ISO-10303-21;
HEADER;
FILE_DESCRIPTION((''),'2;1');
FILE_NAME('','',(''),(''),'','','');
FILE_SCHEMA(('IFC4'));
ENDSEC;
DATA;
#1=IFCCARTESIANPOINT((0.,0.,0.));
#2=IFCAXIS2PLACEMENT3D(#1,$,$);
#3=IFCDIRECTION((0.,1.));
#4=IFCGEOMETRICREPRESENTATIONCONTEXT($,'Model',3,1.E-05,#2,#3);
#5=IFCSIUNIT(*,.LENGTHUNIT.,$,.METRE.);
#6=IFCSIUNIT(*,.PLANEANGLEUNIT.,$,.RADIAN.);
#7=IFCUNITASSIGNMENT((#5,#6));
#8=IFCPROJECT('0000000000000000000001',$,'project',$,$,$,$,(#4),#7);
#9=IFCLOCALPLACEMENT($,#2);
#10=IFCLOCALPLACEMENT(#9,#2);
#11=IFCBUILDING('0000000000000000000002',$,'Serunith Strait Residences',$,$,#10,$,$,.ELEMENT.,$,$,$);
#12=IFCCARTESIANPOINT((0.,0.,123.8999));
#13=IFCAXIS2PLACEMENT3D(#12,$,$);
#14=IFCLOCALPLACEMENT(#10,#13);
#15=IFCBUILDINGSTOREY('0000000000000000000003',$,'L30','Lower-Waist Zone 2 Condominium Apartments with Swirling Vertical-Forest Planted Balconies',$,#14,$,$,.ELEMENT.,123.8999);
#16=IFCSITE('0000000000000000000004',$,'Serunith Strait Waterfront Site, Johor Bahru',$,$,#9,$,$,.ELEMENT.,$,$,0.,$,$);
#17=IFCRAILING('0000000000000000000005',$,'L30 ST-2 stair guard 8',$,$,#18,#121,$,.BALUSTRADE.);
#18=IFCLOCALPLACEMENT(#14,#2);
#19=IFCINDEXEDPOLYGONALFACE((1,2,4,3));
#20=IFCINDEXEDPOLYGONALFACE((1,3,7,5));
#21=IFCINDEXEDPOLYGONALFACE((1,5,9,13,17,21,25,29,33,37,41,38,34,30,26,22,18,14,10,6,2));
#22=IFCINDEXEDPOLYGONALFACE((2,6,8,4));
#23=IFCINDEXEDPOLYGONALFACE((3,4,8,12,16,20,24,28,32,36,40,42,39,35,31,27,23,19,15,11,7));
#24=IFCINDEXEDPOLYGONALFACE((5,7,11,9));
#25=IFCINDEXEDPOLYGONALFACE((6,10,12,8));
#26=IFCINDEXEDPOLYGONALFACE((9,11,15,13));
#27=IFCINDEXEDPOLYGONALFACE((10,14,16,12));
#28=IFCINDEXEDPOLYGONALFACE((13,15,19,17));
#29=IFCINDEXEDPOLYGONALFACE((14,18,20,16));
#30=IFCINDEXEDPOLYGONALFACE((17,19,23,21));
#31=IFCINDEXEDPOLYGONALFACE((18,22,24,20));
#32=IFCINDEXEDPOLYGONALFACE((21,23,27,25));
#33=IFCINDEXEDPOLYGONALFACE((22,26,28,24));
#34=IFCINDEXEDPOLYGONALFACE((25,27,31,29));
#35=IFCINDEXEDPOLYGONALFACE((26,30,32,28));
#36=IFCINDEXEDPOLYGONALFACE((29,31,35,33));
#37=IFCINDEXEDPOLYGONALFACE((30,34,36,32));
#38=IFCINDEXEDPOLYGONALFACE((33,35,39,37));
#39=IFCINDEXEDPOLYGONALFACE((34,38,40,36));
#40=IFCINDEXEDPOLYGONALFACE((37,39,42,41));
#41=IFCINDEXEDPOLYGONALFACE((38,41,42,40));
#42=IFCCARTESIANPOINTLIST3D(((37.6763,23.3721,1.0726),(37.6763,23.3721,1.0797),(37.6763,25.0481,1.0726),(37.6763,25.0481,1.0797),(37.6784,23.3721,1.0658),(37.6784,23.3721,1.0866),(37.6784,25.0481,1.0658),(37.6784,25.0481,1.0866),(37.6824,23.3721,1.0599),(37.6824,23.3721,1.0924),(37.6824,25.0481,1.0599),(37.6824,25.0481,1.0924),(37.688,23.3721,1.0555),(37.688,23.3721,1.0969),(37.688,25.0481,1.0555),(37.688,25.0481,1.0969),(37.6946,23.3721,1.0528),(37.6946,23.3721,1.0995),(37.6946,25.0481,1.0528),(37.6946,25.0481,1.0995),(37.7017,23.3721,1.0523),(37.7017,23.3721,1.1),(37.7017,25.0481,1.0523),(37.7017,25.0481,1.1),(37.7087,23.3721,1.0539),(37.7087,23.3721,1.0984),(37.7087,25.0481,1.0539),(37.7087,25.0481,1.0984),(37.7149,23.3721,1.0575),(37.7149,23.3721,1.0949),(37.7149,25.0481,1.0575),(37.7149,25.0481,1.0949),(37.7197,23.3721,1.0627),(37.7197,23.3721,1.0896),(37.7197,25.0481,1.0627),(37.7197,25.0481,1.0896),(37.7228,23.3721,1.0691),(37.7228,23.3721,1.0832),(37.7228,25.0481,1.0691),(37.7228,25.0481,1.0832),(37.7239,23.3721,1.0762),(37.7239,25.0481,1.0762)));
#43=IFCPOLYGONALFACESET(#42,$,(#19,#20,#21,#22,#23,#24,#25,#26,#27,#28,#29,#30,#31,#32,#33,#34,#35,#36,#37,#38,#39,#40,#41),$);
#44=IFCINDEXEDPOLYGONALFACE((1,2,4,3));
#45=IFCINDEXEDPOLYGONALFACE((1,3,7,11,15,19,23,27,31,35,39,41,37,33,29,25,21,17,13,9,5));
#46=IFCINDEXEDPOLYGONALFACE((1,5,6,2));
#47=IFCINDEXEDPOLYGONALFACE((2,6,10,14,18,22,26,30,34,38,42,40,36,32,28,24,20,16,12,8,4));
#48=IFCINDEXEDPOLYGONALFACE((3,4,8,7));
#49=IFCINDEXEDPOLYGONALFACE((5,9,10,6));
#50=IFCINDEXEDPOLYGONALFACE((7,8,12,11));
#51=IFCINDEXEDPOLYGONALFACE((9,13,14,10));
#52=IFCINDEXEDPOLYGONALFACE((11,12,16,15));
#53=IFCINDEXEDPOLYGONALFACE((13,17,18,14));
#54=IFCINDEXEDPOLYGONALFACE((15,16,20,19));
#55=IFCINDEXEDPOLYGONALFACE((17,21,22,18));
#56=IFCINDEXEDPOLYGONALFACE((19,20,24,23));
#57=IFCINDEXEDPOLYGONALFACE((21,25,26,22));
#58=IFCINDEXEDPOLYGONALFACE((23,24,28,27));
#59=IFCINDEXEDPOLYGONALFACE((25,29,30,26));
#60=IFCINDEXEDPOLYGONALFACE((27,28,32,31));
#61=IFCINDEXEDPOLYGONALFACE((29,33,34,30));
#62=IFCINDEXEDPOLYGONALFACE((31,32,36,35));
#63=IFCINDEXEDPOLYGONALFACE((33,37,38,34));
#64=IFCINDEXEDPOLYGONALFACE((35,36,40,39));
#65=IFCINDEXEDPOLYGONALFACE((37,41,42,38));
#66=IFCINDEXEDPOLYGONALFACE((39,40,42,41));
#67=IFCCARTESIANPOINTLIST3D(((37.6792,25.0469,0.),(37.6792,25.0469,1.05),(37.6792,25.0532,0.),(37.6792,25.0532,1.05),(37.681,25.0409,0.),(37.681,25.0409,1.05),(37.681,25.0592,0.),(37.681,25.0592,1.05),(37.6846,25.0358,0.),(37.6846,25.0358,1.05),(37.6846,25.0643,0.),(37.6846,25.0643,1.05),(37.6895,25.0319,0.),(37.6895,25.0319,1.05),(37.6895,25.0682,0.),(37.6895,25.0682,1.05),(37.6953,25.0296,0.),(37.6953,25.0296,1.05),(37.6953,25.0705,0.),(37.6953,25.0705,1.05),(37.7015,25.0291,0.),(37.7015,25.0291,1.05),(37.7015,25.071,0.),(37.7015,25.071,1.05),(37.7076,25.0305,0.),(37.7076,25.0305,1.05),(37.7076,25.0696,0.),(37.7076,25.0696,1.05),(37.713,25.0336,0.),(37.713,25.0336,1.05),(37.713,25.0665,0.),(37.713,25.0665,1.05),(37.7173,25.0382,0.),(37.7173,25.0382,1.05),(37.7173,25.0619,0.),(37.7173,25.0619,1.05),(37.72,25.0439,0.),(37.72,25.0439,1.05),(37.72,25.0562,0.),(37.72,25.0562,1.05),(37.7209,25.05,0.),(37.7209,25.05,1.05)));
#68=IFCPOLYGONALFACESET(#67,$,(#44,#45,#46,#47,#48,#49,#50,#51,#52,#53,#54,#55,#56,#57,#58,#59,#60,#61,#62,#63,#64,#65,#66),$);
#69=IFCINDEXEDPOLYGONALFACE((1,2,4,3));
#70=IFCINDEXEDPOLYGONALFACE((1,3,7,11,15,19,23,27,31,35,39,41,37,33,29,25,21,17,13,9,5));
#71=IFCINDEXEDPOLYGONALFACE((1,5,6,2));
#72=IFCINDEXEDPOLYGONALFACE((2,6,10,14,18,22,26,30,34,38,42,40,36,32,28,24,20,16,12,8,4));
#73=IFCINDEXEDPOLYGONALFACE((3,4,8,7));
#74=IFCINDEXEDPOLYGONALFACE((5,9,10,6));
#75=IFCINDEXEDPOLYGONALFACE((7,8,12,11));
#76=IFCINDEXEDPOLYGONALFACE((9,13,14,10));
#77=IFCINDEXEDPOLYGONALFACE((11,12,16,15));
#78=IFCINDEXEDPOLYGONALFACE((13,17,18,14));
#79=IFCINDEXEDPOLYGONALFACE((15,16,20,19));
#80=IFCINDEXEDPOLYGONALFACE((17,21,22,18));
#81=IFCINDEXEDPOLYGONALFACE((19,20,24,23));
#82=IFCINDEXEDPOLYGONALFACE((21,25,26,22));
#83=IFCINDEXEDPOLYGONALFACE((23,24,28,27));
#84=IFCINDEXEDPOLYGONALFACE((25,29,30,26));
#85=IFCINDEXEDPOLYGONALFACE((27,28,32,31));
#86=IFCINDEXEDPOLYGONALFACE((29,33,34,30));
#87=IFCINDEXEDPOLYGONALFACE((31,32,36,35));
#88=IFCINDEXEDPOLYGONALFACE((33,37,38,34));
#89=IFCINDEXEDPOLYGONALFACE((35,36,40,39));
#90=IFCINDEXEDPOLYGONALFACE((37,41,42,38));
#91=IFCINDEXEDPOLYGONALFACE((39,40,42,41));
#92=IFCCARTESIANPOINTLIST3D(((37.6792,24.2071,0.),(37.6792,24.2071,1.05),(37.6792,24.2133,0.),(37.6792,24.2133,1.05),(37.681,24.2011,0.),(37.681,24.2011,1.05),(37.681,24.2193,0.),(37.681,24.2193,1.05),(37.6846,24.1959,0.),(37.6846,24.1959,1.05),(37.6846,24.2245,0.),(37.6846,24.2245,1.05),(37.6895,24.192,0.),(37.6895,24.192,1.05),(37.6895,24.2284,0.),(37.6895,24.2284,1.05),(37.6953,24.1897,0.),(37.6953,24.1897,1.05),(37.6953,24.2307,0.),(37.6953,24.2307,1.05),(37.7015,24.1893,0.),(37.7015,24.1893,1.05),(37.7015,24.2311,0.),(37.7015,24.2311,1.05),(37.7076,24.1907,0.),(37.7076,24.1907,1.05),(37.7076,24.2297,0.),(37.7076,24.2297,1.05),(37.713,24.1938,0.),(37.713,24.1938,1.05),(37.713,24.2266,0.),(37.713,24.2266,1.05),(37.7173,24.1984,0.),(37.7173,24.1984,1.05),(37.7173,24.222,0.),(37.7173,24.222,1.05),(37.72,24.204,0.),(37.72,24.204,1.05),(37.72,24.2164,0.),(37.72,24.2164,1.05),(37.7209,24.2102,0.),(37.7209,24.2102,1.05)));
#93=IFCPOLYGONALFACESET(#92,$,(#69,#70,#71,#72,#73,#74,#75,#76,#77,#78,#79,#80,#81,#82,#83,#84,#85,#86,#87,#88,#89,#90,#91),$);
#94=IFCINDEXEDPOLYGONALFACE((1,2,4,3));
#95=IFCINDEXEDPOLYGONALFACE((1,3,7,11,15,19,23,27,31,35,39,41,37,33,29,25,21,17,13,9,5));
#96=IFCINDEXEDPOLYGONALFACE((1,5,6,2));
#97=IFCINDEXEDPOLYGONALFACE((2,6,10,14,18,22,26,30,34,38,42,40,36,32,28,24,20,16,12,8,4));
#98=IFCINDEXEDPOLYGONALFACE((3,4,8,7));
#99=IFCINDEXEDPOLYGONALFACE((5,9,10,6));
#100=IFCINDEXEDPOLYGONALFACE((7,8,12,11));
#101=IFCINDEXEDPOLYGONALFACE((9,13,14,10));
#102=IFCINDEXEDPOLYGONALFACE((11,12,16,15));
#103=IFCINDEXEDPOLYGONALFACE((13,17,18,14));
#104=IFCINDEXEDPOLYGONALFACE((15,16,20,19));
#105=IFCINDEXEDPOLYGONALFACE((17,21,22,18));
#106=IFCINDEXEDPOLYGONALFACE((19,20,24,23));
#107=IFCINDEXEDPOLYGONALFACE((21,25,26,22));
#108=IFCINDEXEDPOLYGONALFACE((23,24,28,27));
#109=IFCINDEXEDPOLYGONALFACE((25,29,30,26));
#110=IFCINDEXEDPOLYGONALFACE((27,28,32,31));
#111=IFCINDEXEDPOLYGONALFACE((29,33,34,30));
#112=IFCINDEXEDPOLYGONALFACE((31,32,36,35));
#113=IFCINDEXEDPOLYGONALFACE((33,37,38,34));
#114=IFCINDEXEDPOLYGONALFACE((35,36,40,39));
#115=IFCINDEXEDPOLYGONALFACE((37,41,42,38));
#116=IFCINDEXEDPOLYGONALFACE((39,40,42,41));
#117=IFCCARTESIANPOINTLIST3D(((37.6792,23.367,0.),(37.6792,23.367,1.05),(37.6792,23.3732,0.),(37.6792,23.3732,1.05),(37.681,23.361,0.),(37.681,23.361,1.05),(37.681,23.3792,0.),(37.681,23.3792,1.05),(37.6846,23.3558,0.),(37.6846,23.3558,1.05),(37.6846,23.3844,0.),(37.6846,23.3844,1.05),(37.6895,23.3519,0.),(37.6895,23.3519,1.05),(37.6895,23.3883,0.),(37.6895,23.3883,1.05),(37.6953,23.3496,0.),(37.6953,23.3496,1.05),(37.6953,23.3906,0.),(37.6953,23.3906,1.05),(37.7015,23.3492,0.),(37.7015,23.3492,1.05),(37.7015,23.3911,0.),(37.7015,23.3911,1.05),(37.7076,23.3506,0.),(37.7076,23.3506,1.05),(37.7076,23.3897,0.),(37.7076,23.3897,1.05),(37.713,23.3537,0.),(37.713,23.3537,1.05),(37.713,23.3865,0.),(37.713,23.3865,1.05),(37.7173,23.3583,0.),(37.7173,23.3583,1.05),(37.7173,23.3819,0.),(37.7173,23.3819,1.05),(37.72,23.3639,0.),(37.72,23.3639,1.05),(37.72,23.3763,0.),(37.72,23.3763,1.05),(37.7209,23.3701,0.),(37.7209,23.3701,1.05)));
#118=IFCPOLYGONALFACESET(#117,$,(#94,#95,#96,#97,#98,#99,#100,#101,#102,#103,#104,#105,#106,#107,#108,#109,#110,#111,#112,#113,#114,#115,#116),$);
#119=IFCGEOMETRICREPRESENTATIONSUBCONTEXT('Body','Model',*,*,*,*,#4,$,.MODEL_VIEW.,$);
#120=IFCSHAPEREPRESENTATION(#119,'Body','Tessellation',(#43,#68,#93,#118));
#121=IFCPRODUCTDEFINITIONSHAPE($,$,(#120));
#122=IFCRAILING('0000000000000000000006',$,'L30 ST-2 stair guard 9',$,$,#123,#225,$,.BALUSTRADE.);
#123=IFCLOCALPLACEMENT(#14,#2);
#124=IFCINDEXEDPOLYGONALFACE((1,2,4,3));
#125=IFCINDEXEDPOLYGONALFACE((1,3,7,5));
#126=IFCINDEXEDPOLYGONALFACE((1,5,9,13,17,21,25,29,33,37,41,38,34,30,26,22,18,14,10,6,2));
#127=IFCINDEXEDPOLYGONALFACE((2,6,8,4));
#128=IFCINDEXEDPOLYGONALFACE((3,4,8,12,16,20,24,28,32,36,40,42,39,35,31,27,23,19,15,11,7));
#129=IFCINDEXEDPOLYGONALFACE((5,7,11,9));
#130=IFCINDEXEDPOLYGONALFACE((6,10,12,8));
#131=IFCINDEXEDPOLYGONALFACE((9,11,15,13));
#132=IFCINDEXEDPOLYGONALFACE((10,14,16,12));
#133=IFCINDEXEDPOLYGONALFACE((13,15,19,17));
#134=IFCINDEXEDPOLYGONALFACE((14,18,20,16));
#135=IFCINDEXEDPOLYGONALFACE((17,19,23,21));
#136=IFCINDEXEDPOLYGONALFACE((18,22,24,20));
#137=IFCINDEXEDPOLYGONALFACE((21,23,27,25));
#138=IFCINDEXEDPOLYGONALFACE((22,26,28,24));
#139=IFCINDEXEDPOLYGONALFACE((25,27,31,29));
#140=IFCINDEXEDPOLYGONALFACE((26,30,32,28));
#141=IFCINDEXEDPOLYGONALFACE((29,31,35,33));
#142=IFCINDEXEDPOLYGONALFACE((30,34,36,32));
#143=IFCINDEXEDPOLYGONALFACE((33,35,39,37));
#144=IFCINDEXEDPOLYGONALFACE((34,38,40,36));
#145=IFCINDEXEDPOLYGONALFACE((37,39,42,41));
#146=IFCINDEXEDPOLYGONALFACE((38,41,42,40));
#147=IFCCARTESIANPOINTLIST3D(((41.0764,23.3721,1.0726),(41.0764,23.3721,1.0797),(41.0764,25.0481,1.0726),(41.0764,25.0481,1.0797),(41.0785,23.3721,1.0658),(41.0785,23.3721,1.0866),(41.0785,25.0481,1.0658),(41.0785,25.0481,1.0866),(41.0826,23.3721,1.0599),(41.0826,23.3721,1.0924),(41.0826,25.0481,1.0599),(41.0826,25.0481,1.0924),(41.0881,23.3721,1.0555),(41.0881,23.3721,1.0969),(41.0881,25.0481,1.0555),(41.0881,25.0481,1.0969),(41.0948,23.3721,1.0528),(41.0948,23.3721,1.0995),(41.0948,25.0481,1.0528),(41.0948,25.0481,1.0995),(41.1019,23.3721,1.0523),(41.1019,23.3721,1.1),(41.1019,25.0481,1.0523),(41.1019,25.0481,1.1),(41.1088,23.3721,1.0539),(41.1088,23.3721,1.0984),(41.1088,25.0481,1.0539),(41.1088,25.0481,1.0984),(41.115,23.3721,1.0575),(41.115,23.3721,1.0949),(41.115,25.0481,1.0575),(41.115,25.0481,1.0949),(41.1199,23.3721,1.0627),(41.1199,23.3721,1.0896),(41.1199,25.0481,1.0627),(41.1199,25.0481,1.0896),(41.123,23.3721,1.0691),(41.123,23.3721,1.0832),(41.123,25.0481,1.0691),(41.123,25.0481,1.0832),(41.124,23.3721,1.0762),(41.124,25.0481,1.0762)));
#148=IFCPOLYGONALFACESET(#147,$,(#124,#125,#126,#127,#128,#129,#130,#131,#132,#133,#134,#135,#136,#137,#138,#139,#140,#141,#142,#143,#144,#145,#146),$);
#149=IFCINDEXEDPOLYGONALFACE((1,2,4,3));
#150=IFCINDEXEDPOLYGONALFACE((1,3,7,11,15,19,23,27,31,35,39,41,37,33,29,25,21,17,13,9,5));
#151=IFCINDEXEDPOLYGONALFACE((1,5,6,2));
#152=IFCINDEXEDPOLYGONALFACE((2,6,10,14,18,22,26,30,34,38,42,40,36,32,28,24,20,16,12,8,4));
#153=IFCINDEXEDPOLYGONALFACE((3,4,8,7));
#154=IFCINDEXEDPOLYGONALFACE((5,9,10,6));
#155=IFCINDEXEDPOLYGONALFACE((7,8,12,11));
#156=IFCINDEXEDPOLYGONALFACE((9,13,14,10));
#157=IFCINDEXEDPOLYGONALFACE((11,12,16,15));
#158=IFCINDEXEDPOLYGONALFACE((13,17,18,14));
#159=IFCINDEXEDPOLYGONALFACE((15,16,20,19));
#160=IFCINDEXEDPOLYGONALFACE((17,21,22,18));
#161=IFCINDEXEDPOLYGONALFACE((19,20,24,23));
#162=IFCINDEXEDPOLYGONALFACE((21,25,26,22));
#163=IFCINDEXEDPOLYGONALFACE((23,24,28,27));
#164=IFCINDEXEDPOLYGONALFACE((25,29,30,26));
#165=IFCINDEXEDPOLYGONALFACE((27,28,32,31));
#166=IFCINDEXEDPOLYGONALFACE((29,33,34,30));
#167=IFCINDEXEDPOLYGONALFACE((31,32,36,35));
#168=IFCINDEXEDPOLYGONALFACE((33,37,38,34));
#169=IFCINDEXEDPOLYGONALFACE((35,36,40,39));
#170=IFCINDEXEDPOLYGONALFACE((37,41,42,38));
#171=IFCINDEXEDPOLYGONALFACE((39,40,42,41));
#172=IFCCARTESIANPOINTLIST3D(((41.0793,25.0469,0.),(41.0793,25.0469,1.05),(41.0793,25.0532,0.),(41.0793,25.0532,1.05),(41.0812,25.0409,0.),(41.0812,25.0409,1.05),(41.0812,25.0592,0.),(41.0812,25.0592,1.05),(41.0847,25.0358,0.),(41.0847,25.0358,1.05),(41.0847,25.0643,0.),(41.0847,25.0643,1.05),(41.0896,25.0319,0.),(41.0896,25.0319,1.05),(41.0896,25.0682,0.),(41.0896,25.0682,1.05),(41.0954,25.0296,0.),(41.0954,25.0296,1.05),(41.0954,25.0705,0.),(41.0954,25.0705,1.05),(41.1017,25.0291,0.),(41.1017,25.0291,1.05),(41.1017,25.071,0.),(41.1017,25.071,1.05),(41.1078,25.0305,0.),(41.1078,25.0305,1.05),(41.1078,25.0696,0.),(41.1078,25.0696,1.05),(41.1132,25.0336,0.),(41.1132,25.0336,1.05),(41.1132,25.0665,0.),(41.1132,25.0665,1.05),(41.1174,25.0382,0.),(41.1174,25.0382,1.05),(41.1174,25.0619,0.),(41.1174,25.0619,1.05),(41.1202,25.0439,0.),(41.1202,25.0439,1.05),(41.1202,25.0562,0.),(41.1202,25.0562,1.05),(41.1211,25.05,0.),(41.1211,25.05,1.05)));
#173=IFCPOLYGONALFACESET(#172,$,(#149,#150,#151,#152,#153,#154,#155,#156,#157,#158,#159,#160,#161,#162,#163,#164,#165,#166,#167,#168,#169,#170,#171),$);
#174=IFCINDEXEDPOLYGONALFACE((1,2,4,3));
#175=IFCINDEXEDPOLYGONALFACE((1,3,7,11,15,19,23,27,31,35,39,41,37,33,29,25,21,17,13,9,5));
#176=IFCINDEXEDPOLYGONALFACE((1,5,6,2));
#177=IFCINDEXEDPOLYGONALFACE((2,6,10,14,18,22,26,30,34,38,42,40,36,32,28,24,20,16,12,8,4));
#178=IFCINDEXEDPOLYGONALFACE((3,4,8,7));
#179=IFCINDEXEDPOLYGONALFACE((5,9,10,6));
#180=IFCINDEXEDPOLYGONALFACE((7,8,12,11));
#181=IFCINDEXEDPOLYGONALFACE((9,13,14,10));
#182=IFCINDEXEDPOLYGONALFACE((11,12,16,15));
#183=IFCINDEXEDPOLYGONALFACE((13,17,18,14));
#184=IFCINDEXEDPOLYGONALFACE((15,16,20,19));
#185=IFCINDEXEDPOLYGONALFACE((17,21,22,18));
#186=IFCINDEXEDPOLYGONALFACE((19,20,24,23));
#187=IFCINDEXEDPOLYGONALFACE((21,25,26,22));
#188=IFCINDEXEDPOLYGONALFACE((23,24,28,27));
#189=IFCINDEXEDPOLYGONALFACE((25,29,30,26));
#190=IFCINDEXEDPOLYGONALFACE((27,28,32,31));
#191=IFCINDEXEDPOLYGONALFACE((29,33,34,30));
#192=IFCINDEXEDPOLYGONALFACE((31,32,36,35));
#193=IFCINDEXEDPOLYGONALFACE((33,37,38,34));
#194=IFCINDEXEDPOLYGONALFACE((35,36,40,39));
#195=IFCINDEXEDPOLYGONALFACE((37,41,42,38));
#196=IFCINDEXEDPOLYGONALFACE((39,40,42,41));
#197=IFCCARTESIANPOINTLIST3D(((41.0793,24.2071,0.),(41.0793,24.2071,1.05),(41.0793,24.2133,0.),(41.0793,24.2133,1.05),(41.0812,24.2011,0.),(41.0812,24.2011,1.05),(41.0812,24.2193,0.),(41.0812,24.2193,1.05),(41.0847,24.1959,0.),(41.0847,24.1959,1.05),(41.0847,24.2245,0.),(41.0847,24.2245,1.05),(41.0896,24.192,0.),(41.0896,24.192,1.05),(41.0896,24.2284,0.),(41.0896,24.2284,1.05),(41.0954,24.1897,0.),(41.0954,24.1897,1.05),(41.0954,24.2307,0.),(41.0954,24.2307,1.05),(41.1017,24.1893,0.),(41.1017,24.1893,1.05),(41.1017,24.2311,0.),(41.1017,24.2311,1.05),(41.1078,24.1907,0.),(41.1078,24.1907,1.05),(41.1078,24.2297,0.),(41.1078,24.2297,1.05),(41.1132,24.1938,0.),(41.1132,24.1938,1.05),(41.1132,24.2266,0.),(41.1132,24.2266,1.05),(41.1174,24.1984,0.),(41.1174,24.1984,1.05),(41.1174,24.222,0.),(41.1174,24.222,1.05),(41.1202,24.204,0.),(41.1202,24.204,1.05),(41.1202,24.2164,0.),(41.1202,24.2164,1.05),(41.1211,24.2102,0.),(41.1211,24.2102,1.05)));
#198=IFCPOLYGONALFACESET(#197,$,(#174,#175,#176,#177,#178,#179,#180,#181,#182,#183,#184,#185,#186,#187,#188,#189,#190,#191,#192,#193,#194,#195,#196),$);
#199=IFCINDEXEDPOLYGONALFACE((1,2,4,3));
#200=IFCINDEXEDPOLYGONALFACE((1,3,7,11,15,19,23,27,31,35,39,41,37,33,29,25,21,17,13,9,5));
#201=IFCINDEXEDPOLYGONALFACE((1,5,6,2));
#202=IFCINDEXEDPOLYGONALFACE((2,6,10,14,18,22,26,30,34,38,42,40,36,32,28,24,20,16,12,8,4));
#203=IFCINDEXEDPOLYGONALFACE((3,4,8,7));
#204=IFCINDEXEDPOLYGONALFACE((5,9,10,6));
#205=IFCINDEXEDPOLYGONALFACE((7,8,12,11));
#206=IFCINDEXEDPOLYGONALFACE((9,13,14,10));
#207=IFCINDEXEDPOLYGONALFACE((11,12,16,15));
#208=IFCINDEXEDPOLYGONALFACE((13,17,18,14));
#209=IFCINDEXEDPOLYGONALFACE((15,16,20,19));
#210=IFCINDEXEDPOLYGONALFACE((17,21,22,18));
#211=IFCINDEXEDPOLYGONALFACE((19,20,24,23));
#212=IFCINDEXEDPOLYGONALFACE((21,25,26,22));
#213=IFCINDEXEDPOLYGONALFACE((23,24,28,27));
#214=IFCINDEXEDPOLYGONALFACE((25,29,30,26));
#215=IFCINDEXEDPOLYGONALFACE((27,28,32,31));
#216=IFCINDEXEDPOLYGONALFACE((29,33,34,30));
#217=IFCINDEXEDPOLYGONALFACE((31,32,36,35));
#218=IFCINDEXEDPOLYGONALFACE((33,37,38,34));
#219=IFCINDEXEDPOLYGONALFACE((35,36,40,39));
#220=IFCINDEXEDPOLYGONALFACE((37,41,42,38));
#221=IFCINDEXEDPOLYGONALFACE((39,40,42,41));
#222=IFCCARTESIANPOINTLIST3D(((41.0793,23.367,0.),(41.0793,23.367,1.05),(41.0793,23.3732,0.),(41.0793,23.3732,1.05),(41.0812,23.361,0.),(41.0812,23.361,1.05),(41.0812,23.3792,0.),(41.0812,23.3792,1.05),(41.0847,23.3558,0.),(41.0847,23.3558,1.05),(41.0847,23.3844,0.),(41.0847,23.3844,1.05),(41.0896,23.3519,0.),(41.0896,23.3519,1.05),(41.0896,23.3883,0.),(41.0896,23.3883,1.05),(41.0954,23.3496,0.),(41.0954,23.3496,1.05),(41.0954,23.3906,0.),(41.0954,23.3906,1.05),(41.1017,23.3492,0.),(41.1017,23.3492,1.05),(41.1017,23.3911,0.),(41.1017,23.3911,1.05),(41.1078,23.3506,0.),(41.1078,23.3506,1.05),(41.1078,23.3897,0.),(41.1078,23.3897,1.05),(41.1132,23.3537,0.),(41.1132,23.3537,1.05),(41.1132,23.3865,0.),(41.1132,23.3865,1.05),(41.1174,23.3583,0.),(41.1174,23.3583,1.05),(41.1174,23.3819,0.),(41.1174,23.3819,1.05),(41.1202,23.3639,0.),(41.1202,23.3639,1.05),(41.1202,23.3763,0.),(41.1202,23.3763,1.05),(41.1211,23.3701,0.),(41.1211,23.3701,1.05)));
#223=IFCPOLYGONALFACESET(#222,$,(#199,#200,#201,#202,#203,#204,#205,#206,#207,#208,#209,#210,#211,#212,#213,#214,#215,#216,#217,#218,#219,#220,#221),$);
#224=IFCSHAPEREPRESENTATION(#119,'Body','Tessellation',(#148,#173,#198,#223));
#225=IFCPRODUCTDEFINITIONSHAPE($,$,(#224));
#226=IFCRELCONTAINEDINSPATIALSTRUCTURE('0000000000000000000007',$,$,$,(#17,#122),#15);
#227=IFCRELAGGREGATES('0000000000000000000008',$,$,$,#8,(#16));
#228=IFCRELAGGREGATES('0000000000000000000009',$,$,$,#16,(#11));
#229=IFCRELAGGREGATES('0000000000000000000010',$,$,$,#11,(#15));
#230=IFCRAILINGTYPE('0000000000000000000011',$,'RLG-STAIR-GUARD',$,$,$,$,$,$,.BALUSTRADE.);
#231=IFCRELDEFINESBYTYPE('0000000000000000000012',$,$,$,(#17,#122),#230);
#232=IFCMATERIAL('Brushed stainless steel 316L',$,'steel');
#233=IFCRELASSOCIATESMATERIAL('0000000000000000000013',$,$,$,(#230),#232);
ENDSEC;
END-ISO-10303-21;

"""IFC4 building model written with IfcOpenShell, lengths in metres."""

from ifc_helpers import new_model, si_unit, direction, frame, origin, origin_2d, place, context, subcontext, project, spatial, circle, extrude, material, type_object, element, save


model = new_model("IFC4")

# Units and contexts
model_context = context("Model", 3, precision=1e-05, world=origin(), true_north=direction((0.0, 1.0)))
body_context = subcontext(model_context, "Body", "Model", "MODEL_VIEW")
ifc_project = project(units=[si_unit("LENGTHUNIT", "METRE"), si_unit("PLANEANGLEUNIT", "RADIAN")], contexts=[model_context])

# Site, building, storey
site_placement = place(None, origin())
site = spatial("IfcSite", under=ifc_project, at=site_placement, Name="Serunith Strait Waterfront Site, Johor Bahru", CompositionType="ELEMENT", RefElevation=0.0)
building_placement = place(site_placement, origin())
building = spatial("IfcBuilding", under=site, at=building_placement, Name="Serunith Strait Residences", CompositionType="ELEMENT")
storey_placement = place(building_placement, frame((0.0, 0.0, 123.8999)))
storey = spatial("IfcBuildingStorey", under=building, at=storey_placement, Name="L30", Description="Lower-Waist Zone 2 Condominium Apartments with Swirling Vertical-Forest Planted Balconies", CompositionType="ELEMENT", Elevation=123.8999)

# Railings
ifc_material_1 = material(Name="Brushed stainless steel 316L", Category="steel")
railing_type = type_object("IfcRailingType", Name="RLG-STAIR-GUARD", PredefinedType="BALUSTRADE", material=ifc_material_1)
for number, where, name in (
    (1, (37.7, 25.05, 0.0), "L30 ST-2 stair guard 8"),
    (2, (41.1001, 25.05, 0.0), "L30 ST-2 stair guard 9"),
):
    element("IfcRailing", number, at=place(storey_placement, frame(where)), inside=storey, type_object=railing_type, Name=name, PredefinedType="BALUSTRADE", context=body_context, shape_type="SweptSolid", body=[
        extrude(circle(Radius=0.0239, at=origin_2d()), frame((0.0, -0.002, 1.0762), z_axis=(0.0, -1.0, 0.0), x_axis=(1.0, 0.0, 0.0)), (0.0, 0.0, 1.0), 1.676),
        extrude(circle(Radius=0.021, at=origin_2d()), origin(), (0.0, 0.0, 1.0), 1.05),
        extrude(circle(Radius=0.021, at=origin_2d()), frame((0.0, -0.8398, 0.0)), (0.0, 0.0, 1.0), 1.05),
        extrude(circle(Radius=0.021, at=origin_2d()), frame((0.0, -1.6799, 0.0)), (0.0, 0.0, 1.0), 1.05),
    ])

save(model, "model.ifc")
